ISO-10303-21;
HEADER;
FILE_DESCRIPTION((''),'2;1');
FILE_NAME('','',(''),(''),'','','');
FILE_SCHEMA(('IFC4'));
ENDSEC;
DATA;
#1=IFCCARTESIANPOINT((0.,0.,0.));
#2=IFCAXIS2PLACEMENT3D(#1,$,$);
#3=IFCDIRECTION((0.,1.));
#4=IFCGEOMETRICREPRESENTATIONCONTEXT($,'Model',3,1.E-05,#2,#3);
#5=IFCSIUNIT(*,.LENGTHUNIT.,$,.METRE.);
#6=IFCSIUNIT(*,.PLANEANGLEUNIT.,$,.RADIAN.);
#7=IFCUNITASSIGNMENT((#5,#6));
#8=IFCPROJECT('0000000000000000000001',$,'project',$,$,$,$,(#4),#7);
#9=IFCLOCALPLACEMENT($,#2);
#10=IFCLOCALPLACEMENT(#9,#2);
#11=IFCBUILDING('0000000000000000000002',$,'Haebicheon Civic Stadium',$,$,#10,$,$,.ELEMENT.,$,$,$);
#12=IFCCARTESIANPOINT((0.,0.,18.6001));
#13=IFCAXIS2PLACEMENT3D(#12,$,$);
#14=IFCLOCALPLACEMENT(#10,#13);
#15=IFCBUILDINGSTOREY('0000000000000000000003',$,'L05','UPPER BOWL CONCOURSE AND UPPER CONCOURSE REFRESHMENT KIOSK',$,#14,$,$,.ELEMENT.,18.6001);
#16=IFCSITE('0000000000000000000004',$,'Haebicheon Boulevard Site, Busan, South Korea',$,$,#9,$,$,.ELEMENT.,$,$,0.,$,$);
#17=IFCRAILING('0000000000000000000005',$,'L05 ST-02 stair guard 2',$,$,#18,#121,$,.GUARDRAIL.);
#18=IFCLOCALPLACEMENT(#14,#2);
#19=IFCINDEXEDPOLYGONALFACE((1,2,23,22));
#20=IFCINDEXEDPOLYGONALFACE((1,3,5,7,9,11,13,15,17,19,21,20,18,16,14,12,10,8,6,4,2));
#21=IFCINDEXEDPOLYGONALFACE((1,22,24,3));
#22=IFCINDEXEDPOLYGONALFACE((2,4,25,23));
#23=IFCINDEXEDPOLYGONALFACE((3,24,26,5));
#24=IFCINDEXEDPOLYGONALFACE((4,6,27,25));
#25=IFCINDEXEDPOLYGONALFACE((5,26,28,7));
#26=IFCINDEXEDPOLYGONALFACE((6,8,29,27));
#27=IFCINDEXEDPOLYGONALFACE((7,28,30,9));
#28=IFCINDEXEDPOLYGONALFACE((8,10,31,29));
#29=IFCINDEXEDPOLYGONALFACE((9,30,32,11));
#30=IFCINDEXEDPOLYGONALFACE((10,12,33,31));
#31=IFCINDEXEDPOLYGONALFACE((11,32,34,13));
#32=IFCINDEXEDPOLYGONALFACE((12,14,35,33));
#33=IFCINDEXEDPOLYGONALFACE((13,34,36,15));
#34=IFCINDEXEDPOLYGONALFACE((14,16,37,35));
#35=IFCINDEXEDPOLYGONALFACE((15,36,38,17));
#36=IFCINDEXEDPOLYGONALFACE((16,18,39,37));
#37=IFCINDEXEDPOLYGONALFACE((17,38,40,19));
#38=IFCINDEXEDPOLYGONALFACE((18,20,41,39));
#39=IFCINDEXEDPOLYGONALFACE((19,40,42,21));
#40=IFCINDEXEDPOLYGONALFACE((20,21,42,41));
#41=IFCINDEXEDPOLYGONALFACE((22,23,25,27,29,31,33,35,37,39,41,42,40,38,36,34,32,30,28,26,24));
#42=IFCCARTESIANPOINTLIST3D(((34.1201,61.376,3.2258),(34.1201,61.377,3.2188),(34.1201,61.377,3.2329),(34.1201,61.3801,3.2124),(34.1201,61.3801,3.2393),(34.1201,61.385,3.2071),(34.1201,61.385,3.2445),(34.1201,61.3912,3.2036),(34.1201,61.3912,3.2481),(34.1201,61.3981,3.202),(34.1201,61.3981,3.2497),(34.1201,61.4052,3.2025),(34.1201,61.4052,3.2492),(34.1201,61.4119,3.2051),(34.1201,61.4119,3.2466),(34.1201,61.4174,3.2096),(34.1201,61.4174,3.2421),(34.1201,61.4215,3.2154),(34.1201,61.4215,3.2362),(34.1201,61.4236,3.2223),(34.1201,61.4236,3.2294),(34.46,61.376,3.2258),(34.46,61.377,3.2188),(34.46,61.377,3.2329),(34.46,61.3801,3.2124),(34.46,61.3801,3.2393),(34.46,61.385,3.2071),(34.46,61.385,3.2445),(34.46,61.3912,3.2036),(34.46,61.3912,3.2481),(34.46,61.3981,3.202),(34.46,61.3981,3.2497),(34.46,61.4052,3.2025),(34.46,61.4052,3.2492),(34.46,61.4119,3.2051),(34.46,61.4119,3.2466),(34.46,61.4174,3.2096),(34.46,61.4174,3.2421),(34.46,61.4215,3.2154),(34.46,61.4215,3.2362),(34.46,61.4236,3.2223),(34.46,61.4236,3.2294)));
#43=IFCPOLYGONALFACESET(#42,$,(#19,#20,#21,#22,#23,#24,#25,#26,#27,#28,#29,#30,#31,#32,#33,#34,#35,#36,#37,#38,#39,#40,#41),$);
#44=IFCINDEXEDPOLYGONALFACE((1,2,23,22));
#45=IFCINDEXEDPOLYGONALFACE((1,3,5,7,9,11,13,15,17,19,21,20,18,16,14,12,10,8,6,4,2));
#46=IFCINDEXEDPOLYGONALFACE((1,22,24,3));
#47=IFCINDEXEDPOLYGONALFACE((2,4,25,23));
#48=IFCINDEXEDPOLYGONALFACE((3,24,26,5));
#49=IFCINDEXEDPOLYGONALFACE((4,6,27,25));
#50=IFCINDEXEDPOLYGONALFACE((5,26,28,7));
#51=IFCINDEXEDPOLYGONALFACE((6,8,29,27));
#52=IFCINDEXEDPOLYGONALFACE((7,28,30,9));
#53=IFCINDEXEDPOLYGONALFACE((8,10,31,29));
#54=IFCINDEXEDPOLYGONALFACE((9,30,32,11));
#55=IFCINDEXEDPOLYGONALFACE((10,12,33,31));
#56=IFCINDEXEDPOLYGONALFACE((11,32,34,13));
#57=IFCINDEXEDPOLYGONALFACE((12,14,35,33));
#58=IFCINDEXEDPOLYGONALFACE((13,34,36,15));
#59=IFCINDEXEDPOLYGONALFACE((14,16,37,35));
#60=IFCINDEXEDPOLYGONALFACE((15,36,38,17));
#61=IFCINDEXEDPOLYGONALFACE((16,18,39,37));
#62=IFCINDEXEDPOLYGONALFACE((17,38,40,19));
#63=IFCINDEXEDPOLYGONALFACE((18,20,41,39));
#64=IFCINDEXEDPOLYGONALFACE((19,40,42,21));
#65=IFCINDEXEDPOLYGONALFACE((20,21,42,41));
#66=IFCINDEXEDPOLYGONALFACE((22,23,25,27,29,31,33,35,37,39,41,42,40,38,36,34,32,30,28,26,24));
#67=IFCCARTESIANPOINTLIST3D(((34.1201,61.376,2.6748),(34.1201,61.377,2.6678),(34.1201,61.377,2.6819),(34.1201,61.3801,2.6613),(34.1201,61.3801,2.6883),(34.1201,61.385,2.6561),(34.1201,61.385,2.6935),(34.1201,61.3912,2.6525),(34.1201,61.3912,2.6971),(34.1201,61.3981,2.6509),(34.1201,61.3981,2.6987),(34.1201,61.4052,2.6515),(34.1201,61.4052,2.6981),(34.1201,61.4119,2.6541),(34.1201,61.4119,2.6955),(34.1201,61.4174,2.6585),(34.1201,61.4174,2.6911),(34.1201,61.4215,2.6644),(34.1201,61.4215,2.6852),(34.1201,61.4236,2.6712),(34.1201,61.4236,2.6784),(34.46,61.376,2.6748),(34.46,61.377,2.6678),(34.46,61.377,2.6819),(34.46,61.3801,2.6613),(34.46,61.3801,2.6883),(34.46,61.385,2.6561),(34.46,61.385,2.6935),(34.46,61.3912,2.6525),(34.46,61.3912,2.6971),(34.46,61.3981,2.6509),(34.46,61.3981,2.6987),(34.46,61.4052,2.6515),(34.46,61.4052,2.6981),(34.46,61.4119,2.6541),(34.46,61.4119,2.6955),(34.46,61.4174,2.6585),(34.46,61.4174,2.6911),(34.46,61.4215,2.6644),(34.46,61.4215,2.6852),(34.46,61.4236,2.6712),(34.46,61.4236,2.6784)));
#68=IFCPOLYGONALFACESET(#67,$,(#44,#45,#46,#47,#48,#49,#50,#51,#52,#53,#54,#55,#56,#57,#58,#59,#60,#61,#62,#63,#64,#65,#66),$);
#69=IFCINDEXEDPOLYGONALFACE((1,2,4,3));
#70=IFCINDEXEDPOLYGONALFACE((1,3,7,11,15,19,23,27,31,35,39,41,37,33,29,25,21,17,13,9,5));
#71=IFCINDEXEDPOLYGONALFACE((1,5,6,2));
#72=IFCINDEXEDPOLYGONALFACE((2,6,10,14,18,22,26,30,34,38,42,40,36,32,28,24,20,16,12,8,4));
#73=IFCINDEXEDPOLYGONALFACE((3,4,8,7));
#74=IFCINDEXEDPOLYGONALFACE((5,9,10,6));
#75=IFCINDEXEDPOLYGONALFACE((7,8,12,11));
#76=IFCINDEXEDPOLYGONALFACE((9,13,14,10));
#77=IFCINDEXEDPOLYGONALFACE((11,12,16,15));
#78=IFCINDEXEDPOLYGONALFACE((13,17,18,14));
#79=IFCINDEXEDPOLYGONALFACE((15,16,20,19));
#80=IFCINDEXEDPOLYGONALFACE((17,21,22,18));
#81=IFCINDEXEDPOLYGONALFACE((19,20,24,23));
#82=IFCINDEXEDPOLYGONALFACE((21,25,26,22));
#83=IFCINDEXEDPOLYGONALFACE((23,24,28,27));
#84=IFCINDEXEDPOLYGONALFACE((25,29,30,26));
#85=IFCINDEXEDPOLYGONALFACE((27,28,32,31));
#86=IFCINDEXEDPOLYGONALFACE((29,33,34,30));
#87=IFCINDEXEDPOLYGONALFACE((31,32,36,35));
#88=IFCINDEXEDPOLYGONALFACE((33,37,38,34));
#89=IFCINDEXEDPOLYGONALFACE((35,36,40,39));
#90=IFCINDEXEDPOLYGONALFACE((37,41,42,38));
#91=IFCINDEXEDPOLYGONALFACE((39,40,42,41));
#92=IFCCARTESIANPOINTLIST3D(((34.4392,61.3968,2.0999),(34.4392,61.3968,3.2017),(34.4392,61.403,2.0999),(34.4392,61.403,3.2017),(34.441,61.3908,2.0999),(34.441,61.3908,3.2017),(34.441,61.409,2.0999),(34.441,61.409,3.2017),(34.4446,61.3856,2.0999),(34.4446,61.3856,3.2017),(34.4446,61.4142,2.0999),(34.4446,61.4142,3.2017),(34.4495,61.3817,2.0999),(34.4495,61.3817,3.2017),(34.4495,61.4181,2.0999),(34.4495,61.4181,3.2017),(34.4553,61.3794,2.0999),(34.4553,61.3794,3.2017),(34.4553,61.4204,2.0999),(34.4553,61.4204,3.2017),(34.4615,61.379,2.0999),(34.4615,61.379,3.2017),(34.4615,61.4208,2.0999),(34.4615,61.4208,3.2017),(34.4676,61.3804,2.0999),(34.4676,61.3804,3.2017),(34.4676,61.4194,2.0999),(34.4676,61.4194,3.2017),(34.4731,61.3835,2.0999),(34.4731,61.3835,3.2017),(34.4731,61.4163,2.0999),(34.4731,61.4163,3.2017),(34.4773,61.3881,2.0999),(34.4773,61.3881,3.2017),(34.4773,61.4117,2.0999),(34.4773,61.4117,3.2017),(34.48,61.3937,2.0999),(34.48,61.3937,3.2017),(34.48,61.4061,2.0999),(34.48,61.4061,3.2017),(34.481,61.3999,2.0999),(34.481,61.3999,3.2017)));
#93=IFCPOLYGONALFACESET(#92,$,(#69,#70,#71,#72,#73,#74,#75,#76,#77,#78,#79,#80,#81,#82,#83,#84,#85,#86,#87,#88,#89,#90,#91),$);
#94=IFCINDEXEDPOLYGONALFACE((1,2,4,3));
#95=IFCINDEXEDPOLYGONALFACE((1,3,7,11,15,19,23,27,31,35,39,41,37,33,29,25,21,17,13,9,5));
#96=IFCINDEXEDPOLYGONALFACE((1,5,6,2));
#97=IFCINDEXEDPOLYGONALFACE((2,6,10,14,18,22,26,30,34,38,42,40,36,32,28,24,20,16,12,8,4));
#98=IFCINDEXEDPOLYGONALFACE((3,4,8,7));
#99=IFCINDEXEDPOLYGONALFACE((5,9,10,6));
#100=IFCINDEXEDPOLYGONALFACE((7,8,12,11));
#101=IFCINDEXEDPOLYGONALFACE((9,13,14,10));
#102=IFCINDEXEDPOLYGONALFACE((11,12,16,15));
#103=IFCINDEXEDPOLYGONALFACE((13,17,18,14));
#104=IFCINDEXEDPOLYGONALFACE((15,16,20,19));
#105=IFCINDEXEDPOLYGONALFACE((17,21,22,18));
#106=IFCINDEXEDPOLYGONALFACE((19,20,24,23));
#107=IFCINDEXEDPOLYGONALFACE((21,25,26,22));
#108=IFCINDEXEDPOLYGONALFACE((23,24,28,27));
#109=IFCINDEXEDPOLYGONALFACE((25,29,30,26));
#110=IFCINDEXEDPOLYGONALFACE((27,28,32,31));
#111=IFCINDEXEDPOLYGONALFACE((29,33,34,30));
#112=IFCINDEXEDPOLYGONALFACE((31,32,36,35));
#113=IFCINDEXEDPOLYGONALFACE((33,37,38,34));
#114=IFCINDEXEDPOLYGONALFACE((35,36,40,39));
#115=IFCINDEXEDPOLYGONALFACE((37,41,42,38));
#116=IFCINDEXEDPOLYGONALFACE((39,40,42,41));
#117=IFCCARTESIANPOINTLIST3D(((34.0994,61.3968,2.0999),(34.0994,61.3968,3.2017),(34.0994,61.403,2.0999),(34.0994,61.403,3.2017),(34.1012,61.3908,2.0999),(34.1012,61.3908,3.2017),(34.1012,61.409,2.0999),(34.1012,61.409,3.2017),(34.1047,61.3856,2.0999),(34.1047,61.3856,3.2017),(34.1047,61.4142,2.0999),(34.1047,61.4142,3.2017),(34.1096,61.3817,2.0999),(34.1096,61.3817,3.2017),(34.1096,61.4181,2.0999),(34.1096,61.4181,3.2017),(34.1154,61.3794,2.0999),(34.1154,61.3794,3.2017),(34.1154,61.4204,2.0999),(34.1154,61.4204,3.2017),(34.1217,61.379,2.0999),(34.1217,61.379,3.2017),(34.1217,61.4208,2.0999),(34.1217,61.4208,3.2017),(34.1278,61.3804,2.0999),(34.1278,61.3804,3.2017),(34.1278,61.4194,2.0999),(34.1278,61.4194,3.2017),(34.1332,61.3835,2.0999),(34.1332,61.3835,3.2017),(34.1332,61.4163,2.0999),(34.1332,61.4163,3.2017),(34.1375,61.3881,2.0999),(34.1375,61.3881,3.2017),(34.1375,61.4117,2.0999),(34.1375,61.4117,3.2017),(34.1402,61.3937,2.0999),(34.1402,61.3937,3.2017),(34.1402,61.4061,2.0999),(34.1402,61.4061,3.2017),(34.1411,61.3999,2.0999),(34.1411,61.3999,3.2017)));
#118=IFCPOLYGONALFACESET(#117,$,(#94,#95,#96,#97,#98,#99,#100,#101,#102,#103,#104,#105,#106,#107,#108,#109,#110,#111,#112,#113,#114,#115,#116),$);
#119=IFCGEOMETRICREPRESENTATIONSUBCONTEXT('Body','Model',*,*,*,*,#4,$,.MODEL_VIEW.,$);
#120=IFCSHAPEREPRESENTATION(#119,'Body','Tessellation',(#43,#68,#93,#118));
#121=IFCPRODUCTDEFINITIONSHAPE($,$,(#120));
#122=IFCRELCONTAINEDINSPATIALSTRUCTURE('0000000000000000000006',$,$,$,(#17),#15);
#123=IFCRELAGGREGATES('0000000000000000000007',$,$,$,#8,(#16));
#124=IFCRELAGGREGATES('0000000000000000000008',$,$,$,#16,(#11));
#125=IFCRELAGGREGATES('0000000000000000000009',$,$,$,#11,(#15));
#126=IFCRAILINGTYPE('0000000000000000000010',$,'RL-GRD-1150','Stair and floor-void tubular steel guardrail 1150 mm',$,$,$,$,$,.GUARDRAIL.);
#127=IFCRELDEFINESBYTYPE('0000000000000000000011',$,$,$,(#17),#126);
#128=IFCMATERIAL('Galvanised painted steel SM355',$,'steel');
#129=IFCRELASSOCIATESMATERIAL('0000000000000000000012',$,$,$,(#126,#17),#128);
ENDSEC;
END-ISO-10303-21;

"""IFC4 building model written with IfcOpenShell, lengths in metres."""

from ifc_helpers import new_model, si_unit, direction, frame, origin, origin_2d, place, context, subcontext, project, spatial, circle, extrude, material, type_object, element, save


model = new_model("IFC4")

# Units and contexts
model_context = context("Model", 3, precision=1e-05, world=origin(), true_north=direction((0.0, 1.0)))
body_context = subcontext(model_context, "Body", "Model", "MODEL_VIEW")
ifc_project = project(units=[si_unit("LENGTHUNIT", "METRE"), si_unit("PLANEANGLEUNIT", "RADIAN")], contexts=[model_context])

# Site, building, storey
site_placement = place(None, origin())
site = spatial("IfcSite", under=ifc_project, at=site_placement, Name="Haebicheon Boulevard Site, Busan, South Korea", CompositionType="ELEMENT", RefElevation=0.0)
building_placement = place(site_placement, origin())
building = spatial("IfcBuilding", under=site, at=building_placement, Name="Haebicheon Civic Stadium", CompositionType="ELEMENT")
storey_placement = place(building_placement, frame((0.0, 0.0, 18.6001)))
storey = spatial("IfcBuildingStorey", under=building, at=storey_placement, Name="L05", Description="UPPER BOWL CONCOURSE AND UPPER CONCOURSE REFRESHMENT KIOSK", CompositionType="ELEMENT", Elevation=18.6001)

# Railing
ifc_material_1 = material(Name="Galvanised painted steel SM355", Category="steel")
railing_type_1 = type_object("IfcRailingType", Name="RL-GRD-1150", Description="Stair and floor-void tubular steel guardrail 1150 mm", PredefinedType="GUARDRAIL", material=ifc_material_1)
railing_1_placement = place(storey_placement, frame((34.46, 61.3999, 2.0999)))
element("IfcRailing", 1, at=railing_1_placement, inside=storey, type_object=railing_type_1, material=ifc_material_1, Name="L05 ST-02 stair guard 2", PredefinedType="GUARDRAIL", context=body_context, shape_type="SweptSolid", body=[
    extrude(circle(Radius=0.0239, at=origin_2d()), frame((0.0, 0.0, 1.126), z_axis=(-1.0, 0.0, 0.0), x_axis=(0.0, -1.0, 0.0)), (0.0, 0.0, 1.0), 0.3398),
    extrude(circle(Radius=0.0239, at=origin_2d()), frame((0.0, 0.0, 0.575), z_axis=(-1.0, 0.0, 0.0), x_axis=(0.0, -1.0, 0.0)), (0.0, 0.0, 1.0), 0.3398),
    extrude(circle(Radius=0.021, at=origin_2d()), origin(), (0.0, 0.0, 1.0), 1.1018),
    extrude(circle(Radius=0.021, at=origin_2d()), frame((-0.3398, 0.0, 0.0)), (0.0, 0.0, 1.0), 1.1018),
])

save(model, "model.ifc")
